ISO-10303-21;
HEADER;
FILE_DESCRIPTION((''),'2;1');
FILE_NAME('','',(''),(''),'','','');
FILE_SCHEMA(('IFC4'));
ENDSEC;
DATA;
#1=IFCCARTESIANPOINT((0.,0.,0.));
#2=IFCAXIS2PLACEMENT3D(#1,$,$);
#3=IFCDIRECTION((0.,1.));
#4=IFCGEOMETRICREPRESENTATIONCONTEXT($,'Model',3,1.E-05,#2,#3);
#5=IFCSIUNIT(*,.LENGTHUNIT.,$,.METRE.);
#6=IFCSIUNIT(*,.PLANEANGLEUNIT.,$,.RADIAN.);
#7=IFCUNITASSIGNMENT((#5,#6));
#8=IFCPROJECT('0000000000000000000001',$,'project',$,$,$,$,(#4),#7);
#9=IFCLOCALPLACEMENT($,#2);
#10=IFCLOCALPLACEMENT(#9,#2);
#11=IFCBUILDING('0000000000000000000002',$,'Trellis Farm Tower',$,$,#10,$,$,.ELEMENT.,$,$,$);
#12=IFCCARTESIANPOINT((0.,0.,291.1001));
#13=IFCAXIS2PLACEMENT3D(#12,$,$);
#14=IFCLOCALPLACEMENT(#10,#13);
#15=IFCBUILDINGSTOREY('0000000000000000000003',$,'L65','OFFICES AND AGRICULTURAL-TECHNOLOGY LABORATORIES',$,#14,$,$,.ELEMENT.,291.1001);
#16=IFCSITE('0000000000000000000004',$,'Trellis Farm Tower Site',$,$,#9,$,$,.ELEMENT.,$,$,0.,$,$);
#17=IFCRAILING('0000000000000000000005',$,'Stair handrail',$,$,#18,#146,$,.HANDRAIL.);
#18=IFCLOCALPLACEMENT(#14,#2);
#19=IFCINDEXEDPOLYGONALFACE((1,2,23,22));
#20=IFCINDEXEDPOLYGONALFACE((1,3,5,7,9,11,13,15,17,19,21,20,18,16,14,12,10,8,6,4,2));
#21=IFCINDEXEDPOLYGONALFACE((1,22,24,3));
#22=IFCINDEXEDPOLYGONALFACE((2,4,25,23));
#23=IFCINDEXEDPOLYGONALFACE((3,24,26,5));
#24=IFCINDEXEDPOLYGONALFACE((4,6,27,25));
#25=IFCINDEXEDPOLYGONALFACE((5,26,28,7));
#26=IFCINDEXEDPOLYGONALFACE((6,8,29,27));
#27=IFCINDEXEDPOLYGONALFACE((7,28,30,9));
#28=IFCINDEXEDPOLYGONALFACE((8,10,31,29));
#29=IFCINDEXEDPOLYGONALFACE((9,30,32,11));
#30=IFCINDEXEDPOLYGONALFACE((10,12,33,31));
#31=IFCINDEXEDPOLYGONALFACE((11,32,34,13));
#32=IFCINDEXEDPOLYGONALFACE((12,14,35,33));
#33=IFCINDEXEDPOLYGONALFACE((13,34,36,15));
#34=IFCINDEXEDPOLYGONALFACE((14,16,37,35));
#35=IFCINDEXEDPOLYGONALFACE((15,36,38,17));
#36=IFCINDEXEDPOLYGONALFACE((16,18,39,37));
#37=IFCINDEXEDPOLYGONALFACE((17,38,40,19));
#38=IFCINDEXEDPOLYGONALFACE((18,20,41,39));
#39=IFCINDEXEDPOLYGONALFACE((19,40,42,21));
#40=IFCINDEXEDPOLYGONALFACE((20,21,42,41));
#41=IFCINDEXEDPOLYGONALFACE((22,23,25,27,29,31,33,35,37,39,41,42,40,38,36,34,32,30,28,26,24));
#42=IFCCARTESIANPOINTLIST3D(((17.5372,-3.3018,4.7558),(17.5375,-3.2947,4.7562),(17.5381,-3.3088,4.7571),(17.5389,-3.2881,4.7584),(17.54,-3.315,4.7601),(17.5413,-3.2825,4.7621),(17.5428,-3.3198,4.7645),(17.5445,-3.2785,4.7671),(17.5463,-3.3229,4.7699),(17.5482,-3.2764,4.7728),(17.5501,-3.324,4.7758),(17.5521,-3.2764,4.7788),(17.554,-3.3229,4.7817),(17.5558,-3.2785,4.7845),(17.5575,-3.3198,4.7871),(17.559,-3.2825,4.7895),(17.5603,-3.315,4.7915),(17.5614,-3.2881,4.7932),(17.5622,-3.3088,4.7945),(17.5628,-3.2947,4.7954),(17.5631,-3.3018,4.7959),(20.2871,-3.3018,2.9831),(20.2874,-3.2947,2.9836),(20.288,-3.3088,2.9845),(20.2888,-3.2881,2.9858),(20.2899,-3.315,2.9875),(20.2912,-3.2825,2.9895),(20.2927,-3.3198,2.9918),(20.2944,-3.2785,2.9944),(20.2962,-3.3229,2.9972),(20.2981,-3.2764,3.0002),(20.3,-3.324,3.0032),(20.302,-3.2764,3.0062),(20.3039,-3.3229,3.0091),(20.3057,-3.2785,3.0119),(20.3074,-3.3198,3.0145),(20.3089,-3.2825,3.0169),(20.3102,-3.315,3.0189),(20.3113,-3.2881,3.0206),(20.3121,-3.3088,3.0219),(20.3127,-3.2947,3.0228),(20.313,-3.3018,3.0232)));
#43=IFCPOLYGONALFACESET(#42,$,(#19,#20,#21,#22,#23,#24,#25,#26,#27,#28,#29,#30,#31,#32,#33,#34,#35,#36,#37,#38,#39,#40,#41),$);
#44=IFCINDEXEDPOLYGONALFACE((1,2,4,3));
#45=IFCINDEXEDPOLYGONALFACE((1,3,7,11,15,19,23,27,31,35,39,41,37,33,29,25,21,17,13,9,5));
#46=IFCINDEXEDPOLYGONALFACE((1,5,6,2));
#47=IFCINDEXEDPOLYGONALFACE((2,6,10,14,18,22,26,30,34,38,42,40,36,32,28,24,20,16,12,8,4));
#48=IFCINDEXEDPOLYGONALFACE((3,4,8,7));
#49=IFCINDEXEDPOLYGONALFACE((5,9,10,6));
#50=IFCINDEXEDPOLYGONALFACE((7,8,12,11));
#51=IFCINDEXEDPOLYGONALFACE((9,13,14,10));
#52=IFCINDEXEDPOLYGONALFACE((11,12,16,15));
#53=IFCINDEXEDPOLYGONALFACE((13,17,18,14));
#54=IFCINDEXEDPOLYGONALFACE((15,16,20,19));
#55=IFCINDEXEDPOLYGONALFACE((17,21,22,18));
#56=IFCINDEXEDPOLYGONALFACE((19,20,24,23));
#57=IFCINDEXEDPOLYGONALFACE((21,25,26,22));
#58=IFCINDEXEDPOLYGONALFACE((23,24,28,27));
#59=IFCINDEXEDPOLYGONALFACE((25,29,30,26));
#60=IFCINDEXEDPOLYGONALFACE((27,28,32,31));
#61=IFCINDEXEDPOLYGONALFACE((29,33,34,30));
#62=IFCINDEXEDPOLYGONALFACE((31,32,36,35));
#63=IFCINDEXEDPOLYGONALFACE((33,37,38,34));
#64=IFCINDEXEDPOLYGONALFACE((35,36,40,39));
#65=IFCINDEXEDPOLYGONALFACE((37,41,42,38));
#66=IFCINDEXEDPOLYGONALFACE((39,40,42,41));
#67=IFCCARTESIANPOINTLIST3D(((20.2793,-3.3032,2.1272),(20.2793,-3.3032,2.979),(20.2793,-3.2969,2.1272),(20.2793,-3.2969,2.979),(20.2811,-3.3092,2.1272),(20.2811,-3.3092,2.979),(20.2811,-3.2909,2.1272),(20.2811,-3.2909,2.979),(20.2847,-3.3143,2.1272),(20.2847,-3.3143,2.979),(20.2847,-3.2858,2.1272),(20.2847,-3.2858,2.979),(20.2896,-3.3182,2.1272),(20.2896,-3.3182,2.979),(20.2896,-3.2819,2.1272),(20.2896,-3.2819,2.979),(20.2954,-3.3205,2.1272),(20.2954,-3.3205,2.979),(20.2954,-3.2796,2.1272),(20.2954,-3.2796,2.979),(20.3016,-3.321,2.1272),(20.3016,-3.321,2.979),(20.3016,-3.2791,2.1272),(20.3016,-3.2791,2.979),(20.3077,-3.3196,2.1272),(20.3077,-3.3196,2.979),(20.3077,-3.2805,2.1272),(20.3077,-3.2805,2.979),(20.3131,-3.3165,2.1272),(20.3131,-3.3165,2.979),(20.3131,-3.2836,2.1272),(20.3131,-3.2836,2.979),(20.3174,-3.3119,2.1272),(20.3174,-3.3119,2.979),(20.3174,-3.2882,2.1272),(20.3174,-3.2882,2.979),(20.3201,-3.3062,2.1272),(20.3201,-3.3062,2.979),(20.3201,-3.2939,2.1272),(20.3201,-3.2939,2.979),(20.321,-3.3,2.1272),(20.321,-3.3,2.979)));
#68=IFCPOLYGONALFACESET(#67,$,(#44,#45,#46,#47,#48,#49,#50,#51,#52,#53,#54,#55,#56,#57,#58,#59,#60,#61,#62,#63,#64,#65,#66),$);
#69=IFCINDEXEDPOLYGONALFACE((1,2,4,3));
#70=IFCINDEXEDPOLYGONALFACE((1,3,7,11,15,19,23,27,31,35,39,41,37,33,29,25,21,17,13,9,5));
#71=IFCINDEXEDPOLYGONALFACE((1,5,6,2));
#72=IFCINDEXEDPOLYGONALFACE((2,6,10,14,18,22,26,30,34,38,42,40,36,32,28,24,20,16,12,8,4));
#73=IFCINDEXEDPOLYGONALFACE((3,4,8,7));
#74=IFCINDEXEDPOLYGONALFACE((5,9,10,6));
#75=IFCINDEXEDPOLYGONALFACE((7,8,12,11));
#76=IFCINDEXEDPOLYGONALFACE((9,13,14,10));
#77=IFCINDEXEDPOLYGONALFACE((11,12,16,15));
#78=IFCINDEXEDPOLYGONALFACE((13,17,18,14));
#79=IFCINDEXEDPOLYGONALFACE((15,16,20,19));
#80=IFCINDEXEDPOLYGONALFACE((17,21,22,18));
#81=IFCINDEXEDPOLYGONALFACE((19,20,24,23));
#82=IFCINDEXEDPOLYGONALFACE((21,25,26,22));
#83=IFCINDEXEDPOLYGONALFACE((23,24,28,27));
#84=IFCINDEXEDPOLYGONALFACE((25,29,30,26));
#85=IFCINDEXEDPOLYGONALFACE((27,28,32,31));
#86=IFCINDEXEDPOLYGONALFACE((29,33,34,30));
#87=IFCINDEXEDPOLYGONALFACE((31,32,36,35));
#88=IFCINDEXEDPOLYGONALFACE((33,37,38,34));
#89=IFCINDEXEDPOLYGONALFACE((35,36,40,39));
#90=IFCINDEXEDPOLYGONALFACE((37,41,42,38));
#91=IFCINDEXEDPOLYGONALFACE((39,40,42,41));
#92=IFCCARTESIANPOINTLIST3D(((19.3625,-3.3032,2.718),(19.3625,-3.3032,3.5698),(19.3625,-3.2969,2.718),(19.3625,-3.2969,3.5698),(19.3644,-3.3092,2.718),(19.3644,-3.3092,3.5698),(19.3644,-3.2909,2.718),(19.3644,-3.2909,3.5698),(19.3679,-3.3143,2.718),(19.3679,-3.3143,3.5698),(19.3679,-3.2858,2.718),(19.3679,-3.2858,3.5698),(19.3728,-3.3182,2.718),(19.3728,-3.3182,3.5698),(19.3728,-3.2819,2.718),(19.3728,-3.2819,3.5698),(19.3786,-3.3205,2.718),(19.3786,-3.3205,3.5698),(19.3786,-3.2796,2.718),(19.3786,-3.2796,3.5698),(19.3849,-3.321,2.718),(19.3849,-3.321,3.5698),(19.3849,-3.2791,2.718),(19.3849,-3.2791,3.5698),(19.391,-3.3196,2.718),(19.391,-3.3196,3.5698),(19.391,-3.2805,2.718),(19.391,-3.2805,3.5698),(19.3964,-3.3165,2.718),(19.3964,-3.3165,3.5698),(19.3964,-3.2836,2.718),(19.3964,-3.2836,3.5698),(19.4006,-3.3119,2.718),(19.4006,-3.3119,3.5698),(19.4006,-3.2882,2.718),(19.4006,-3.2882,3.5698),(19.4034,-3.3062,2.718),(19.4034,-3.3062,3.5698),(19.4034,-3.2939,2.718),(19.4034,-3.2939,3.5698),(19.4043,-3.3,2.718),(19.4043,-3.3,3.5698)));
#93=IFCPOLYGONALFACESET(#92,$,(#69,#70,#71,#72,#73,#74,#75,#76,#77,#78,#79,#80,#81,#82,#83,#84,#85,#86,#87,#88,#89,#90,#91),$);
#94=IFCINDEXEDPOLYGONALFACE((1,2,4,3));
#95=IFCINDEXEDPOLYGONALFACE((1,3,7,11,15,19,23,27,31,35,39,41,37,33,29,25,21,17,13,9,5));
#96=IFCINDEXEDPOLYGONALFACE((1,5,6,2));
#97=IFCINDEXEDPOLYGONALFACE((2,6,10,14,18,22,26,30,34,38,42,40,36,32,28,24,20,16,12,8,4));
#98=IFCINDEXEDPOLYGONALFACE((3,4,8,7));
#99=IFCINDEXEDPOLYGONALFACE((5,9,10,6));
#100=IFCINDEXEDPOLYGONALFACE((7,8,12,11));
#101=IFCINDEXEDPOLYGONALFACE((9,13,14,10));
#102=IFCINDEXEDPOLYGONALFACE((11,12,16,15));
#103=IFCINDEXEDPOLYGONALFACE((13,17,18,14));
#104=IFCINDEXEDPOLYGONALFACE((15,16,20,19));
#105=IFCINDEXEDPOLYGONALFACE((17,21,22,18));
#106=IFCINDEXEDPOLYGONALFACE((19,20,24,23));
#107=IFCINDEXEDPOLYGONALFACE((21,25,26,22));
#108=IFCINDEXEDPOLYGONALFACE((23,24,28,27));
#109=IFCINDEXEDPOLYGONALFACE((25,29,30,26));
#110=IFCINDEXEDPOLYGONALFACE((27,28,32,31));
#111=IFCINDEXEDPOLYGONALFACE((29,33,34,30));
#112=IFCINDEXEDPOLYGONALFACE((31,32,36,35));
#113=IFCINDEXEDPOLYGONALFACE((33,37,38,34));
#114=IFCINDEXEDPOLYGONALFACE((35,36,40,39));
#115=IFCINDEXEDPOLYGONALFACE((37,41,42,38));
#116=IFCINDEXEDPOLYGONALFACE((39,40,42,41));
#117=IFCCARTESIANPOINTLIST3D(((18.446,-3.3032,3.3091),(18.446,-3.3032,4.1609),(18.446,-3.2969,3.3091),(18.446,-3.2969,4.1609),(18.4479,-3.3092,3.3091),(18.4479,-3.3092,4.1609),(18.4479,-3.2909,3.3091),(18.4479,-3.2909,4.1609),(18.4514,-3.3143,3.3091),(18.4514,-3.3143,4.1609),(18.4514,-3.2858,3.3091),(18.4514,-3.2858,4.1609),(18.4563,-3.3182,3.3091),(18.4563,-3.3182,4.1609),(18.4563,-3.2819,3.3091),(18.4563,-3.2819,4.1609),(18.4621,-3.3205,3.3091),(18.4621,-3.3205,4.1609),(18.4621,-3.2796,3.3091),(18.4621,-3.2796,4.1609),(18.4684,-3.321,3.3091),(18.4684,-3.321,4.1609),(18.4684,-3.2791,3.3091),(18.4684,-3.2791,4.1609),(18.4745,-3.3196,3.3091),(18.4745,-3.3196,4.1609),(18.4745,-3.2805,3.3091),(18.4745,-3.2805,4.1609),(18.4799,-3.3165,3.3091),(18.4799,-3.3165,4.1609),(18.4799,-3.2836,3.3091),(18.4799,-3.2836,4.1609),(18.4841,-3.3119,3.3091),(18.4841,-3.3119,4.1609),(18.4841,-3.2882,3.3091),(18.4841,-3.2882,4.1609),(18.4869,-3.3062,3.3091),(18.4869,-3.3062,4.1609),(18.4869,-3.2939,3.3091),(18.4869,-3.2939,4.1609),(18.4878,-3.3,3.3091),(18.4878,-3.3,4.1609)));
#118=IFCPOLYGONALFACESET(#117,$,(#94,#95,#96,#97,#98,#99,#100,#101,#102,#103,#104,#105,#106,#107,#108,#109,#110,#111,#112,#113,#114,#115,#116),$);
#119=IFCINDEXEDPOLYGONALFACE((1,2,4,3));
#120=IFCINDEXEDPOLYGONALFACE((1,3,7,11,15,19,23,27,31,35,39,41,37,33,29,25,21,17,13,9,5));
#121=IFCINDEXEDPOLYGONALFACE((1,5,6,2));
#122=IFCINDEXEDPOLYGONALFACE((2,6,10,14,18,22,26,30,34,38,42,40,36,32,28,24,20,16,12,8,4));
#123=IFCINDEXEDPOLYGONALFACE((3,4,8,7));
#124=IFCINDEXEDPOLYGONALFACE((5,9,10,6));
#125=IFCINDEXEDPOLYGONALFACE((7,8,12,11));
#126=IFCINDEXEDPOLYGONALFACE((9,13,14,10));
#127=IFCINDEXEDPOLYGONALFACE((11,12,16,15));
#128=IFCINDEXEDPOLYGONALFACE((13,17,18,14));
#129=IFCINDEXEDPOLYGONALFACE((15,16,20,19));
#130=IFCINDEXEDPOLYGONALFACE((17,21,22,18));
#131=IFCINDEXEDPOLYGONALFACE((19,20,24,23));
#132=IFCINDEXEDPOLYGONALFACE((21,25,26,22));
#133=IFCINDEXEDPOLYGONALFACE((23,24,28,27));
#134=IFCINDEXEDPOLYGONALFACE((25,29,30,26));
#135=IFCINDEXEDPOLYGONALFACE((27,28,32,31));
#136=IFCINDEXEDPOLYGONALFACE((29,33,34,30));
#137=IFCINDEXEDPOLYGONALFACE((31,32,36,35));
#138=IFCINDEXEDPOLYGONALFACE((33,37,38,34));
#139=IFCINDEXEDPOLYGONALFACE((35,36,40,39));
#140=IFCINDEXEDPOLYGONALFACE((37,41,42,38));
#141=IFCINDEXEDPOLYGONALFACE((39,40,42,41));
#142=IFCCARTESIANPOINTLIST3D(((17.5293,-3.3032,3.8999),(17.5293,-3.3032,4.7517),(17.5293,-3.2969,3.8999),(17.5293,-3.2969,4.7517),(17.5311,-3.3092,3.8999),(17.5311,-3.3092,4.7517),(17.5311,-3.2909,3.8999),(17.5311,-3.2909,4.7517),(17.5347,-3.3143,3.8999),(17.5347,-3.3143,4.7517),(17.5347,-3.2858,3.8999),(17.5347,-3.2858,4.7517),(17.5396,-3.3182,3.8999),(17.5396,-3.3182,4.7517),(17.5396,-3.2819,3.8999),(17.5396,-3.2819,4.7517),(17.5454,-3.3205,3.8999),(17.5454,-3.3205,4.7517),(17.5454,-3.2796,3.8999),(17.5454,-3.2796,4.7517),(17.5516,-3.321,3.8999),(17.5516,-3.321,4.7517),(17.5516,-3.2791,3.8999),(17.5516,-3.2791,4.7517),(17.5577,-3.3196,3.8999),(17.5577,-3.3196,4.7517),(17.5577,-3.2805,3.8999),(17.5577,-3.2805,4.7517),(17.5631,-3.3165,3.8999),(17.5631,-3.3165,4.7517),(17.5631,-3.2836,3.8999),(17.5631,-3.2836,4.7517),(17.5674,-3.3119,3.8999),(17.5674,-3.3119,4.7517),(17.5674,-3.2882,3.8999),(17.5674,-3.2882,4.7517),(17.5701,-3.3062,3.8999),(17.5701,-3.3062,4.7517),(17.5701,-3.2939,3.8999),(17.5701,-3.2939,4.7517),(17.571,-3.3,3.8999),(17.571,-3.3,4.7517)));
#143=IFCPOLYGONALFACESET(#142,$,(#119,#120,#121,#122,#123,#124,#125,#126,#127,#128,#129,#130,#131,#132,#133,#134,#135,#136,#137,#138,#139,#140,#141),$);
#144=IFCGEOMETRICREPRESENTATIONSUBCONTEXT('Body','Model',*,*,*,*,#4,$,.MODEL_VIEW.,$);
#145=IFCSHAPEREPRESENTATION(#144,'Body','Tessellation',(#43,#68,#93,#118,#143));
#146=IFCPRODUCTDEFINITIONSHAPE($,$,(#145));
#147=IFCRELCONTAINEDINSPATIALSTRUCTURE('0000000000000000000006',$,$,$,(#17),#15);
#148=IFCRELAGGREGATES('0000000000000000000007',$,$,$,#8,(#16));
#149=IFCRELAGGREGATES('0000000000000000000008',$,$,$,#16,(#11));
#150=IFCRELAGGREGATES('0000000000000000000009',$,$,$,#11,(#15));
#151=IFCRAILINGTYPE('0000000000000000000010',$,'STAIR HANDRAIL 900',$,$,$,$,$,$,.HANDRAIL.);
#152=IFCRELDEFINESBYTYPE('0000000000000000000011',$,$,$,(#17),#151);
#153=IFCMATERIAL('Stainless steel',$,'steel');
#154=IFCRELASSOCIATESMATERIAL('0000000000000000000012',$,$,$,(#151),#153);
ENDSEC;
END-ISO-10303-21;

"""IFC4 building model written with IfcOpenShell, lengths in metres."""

from ifc_helpers import new_model, si_unit, direction, frame, origin, origin_2d, place, context, subcontext, project, spatial, circle, extrude, source, transform, mapped, material, type_object, element, save


model = new_model("IFC4")

# Units and contexts
model_context = context("Model", 3, precision=1e-05, world=origin(), true_north=direction((0.0, 1.0)))
body_context = subcontext(model_context, "Body", "Model", "MODEL_VIEW")
ifc_project = project(units=[si_unit("LENGTHUNIT", "METRE"), si_unit("PLANEANGLEUNIT", "RADIAN")], contexts=[model_context])

# Site, building, storey
site_placement = place(None, origin())
site = spatial("IfcSite", under=ifc_project, at=site_placement, Name="Trellis Farm Tower Site", CompositionType="ELEMENT", RefElevation=0.0)
building_placement = place(site_placement, origin())
building = spatial("IfcBuilding", under=site, at=building_placement, Name="Trellis Farm Tower", CompositionType="ELEMENT")
storey_placement = place(building_placement, frame((0.0, 0.0, 291.1001)))
storey = spatial("IfcBuildingStorey", under=building, at=storey_placement, Name="L65", Description="OFFICES AND AGRICULTURAL-TECHNOLOGY LABORATORIES", CompositionType="ELEMENT", Elevation=291.1001)

# Railing
ifc_material_1 = material(Name="Stainless steel", Category="steel")
railing_type = type_object("IfcRailingType", Name="STAIR HANDRAIL 900", PredefinedType="HANDRAIL", material=ifc_material_1)
shared_shape_1 = source(origin(), body_context, "Body", "SweptSolid", [
    extrude(circle(Radius=0.0239, at=origin_2d()), frame((0.0, 0.0, 0.876), z_axis=(-0.840504, 0.0, 0.541806), x_axis=(0.0, -1.0, 0.0)), (0.0, 0.0, 1.0), 3.2717),
    extrude(circle(Radius=0.021, at=origin_2d()), origin(), (0.0, 0.0, 1.0), 0.8518),
    extrude(circle(Radius=0.021, at=origin_2d()), frame((-0.9167, 0.0, 0.5908)), (0.0, 0.0, 1.0), 0.8518),
    extrude(circle(Radius=0.021, at=origin_2d()), frame((-1.8333, 0.0, 1.1819)), (0.0, 0.0, 1.0), 0.8518),
    extrude(circle(Radius=0.021, at=origin_2d()), frame((-2.75, 0.0, 1.7727)), (0.0, 0.0, 1.0), 0.8518),
])
for number, where, name in (
    (1, (20.3, -3.3, 2.1272), "Stair handrail"),
):
    element("IfcRailing", number, at=place(storey_placement, frame(where)), inside=storey, type_object=railing_type, Name=name, PredefinedType="HANDRAIL", context=body_context, shape_type="MappedRepresentation", body=[
        mapped(shared_shape_1, transform((0.0, 0.0, 0.0))),
    ])

save(model, "model.ifc")
